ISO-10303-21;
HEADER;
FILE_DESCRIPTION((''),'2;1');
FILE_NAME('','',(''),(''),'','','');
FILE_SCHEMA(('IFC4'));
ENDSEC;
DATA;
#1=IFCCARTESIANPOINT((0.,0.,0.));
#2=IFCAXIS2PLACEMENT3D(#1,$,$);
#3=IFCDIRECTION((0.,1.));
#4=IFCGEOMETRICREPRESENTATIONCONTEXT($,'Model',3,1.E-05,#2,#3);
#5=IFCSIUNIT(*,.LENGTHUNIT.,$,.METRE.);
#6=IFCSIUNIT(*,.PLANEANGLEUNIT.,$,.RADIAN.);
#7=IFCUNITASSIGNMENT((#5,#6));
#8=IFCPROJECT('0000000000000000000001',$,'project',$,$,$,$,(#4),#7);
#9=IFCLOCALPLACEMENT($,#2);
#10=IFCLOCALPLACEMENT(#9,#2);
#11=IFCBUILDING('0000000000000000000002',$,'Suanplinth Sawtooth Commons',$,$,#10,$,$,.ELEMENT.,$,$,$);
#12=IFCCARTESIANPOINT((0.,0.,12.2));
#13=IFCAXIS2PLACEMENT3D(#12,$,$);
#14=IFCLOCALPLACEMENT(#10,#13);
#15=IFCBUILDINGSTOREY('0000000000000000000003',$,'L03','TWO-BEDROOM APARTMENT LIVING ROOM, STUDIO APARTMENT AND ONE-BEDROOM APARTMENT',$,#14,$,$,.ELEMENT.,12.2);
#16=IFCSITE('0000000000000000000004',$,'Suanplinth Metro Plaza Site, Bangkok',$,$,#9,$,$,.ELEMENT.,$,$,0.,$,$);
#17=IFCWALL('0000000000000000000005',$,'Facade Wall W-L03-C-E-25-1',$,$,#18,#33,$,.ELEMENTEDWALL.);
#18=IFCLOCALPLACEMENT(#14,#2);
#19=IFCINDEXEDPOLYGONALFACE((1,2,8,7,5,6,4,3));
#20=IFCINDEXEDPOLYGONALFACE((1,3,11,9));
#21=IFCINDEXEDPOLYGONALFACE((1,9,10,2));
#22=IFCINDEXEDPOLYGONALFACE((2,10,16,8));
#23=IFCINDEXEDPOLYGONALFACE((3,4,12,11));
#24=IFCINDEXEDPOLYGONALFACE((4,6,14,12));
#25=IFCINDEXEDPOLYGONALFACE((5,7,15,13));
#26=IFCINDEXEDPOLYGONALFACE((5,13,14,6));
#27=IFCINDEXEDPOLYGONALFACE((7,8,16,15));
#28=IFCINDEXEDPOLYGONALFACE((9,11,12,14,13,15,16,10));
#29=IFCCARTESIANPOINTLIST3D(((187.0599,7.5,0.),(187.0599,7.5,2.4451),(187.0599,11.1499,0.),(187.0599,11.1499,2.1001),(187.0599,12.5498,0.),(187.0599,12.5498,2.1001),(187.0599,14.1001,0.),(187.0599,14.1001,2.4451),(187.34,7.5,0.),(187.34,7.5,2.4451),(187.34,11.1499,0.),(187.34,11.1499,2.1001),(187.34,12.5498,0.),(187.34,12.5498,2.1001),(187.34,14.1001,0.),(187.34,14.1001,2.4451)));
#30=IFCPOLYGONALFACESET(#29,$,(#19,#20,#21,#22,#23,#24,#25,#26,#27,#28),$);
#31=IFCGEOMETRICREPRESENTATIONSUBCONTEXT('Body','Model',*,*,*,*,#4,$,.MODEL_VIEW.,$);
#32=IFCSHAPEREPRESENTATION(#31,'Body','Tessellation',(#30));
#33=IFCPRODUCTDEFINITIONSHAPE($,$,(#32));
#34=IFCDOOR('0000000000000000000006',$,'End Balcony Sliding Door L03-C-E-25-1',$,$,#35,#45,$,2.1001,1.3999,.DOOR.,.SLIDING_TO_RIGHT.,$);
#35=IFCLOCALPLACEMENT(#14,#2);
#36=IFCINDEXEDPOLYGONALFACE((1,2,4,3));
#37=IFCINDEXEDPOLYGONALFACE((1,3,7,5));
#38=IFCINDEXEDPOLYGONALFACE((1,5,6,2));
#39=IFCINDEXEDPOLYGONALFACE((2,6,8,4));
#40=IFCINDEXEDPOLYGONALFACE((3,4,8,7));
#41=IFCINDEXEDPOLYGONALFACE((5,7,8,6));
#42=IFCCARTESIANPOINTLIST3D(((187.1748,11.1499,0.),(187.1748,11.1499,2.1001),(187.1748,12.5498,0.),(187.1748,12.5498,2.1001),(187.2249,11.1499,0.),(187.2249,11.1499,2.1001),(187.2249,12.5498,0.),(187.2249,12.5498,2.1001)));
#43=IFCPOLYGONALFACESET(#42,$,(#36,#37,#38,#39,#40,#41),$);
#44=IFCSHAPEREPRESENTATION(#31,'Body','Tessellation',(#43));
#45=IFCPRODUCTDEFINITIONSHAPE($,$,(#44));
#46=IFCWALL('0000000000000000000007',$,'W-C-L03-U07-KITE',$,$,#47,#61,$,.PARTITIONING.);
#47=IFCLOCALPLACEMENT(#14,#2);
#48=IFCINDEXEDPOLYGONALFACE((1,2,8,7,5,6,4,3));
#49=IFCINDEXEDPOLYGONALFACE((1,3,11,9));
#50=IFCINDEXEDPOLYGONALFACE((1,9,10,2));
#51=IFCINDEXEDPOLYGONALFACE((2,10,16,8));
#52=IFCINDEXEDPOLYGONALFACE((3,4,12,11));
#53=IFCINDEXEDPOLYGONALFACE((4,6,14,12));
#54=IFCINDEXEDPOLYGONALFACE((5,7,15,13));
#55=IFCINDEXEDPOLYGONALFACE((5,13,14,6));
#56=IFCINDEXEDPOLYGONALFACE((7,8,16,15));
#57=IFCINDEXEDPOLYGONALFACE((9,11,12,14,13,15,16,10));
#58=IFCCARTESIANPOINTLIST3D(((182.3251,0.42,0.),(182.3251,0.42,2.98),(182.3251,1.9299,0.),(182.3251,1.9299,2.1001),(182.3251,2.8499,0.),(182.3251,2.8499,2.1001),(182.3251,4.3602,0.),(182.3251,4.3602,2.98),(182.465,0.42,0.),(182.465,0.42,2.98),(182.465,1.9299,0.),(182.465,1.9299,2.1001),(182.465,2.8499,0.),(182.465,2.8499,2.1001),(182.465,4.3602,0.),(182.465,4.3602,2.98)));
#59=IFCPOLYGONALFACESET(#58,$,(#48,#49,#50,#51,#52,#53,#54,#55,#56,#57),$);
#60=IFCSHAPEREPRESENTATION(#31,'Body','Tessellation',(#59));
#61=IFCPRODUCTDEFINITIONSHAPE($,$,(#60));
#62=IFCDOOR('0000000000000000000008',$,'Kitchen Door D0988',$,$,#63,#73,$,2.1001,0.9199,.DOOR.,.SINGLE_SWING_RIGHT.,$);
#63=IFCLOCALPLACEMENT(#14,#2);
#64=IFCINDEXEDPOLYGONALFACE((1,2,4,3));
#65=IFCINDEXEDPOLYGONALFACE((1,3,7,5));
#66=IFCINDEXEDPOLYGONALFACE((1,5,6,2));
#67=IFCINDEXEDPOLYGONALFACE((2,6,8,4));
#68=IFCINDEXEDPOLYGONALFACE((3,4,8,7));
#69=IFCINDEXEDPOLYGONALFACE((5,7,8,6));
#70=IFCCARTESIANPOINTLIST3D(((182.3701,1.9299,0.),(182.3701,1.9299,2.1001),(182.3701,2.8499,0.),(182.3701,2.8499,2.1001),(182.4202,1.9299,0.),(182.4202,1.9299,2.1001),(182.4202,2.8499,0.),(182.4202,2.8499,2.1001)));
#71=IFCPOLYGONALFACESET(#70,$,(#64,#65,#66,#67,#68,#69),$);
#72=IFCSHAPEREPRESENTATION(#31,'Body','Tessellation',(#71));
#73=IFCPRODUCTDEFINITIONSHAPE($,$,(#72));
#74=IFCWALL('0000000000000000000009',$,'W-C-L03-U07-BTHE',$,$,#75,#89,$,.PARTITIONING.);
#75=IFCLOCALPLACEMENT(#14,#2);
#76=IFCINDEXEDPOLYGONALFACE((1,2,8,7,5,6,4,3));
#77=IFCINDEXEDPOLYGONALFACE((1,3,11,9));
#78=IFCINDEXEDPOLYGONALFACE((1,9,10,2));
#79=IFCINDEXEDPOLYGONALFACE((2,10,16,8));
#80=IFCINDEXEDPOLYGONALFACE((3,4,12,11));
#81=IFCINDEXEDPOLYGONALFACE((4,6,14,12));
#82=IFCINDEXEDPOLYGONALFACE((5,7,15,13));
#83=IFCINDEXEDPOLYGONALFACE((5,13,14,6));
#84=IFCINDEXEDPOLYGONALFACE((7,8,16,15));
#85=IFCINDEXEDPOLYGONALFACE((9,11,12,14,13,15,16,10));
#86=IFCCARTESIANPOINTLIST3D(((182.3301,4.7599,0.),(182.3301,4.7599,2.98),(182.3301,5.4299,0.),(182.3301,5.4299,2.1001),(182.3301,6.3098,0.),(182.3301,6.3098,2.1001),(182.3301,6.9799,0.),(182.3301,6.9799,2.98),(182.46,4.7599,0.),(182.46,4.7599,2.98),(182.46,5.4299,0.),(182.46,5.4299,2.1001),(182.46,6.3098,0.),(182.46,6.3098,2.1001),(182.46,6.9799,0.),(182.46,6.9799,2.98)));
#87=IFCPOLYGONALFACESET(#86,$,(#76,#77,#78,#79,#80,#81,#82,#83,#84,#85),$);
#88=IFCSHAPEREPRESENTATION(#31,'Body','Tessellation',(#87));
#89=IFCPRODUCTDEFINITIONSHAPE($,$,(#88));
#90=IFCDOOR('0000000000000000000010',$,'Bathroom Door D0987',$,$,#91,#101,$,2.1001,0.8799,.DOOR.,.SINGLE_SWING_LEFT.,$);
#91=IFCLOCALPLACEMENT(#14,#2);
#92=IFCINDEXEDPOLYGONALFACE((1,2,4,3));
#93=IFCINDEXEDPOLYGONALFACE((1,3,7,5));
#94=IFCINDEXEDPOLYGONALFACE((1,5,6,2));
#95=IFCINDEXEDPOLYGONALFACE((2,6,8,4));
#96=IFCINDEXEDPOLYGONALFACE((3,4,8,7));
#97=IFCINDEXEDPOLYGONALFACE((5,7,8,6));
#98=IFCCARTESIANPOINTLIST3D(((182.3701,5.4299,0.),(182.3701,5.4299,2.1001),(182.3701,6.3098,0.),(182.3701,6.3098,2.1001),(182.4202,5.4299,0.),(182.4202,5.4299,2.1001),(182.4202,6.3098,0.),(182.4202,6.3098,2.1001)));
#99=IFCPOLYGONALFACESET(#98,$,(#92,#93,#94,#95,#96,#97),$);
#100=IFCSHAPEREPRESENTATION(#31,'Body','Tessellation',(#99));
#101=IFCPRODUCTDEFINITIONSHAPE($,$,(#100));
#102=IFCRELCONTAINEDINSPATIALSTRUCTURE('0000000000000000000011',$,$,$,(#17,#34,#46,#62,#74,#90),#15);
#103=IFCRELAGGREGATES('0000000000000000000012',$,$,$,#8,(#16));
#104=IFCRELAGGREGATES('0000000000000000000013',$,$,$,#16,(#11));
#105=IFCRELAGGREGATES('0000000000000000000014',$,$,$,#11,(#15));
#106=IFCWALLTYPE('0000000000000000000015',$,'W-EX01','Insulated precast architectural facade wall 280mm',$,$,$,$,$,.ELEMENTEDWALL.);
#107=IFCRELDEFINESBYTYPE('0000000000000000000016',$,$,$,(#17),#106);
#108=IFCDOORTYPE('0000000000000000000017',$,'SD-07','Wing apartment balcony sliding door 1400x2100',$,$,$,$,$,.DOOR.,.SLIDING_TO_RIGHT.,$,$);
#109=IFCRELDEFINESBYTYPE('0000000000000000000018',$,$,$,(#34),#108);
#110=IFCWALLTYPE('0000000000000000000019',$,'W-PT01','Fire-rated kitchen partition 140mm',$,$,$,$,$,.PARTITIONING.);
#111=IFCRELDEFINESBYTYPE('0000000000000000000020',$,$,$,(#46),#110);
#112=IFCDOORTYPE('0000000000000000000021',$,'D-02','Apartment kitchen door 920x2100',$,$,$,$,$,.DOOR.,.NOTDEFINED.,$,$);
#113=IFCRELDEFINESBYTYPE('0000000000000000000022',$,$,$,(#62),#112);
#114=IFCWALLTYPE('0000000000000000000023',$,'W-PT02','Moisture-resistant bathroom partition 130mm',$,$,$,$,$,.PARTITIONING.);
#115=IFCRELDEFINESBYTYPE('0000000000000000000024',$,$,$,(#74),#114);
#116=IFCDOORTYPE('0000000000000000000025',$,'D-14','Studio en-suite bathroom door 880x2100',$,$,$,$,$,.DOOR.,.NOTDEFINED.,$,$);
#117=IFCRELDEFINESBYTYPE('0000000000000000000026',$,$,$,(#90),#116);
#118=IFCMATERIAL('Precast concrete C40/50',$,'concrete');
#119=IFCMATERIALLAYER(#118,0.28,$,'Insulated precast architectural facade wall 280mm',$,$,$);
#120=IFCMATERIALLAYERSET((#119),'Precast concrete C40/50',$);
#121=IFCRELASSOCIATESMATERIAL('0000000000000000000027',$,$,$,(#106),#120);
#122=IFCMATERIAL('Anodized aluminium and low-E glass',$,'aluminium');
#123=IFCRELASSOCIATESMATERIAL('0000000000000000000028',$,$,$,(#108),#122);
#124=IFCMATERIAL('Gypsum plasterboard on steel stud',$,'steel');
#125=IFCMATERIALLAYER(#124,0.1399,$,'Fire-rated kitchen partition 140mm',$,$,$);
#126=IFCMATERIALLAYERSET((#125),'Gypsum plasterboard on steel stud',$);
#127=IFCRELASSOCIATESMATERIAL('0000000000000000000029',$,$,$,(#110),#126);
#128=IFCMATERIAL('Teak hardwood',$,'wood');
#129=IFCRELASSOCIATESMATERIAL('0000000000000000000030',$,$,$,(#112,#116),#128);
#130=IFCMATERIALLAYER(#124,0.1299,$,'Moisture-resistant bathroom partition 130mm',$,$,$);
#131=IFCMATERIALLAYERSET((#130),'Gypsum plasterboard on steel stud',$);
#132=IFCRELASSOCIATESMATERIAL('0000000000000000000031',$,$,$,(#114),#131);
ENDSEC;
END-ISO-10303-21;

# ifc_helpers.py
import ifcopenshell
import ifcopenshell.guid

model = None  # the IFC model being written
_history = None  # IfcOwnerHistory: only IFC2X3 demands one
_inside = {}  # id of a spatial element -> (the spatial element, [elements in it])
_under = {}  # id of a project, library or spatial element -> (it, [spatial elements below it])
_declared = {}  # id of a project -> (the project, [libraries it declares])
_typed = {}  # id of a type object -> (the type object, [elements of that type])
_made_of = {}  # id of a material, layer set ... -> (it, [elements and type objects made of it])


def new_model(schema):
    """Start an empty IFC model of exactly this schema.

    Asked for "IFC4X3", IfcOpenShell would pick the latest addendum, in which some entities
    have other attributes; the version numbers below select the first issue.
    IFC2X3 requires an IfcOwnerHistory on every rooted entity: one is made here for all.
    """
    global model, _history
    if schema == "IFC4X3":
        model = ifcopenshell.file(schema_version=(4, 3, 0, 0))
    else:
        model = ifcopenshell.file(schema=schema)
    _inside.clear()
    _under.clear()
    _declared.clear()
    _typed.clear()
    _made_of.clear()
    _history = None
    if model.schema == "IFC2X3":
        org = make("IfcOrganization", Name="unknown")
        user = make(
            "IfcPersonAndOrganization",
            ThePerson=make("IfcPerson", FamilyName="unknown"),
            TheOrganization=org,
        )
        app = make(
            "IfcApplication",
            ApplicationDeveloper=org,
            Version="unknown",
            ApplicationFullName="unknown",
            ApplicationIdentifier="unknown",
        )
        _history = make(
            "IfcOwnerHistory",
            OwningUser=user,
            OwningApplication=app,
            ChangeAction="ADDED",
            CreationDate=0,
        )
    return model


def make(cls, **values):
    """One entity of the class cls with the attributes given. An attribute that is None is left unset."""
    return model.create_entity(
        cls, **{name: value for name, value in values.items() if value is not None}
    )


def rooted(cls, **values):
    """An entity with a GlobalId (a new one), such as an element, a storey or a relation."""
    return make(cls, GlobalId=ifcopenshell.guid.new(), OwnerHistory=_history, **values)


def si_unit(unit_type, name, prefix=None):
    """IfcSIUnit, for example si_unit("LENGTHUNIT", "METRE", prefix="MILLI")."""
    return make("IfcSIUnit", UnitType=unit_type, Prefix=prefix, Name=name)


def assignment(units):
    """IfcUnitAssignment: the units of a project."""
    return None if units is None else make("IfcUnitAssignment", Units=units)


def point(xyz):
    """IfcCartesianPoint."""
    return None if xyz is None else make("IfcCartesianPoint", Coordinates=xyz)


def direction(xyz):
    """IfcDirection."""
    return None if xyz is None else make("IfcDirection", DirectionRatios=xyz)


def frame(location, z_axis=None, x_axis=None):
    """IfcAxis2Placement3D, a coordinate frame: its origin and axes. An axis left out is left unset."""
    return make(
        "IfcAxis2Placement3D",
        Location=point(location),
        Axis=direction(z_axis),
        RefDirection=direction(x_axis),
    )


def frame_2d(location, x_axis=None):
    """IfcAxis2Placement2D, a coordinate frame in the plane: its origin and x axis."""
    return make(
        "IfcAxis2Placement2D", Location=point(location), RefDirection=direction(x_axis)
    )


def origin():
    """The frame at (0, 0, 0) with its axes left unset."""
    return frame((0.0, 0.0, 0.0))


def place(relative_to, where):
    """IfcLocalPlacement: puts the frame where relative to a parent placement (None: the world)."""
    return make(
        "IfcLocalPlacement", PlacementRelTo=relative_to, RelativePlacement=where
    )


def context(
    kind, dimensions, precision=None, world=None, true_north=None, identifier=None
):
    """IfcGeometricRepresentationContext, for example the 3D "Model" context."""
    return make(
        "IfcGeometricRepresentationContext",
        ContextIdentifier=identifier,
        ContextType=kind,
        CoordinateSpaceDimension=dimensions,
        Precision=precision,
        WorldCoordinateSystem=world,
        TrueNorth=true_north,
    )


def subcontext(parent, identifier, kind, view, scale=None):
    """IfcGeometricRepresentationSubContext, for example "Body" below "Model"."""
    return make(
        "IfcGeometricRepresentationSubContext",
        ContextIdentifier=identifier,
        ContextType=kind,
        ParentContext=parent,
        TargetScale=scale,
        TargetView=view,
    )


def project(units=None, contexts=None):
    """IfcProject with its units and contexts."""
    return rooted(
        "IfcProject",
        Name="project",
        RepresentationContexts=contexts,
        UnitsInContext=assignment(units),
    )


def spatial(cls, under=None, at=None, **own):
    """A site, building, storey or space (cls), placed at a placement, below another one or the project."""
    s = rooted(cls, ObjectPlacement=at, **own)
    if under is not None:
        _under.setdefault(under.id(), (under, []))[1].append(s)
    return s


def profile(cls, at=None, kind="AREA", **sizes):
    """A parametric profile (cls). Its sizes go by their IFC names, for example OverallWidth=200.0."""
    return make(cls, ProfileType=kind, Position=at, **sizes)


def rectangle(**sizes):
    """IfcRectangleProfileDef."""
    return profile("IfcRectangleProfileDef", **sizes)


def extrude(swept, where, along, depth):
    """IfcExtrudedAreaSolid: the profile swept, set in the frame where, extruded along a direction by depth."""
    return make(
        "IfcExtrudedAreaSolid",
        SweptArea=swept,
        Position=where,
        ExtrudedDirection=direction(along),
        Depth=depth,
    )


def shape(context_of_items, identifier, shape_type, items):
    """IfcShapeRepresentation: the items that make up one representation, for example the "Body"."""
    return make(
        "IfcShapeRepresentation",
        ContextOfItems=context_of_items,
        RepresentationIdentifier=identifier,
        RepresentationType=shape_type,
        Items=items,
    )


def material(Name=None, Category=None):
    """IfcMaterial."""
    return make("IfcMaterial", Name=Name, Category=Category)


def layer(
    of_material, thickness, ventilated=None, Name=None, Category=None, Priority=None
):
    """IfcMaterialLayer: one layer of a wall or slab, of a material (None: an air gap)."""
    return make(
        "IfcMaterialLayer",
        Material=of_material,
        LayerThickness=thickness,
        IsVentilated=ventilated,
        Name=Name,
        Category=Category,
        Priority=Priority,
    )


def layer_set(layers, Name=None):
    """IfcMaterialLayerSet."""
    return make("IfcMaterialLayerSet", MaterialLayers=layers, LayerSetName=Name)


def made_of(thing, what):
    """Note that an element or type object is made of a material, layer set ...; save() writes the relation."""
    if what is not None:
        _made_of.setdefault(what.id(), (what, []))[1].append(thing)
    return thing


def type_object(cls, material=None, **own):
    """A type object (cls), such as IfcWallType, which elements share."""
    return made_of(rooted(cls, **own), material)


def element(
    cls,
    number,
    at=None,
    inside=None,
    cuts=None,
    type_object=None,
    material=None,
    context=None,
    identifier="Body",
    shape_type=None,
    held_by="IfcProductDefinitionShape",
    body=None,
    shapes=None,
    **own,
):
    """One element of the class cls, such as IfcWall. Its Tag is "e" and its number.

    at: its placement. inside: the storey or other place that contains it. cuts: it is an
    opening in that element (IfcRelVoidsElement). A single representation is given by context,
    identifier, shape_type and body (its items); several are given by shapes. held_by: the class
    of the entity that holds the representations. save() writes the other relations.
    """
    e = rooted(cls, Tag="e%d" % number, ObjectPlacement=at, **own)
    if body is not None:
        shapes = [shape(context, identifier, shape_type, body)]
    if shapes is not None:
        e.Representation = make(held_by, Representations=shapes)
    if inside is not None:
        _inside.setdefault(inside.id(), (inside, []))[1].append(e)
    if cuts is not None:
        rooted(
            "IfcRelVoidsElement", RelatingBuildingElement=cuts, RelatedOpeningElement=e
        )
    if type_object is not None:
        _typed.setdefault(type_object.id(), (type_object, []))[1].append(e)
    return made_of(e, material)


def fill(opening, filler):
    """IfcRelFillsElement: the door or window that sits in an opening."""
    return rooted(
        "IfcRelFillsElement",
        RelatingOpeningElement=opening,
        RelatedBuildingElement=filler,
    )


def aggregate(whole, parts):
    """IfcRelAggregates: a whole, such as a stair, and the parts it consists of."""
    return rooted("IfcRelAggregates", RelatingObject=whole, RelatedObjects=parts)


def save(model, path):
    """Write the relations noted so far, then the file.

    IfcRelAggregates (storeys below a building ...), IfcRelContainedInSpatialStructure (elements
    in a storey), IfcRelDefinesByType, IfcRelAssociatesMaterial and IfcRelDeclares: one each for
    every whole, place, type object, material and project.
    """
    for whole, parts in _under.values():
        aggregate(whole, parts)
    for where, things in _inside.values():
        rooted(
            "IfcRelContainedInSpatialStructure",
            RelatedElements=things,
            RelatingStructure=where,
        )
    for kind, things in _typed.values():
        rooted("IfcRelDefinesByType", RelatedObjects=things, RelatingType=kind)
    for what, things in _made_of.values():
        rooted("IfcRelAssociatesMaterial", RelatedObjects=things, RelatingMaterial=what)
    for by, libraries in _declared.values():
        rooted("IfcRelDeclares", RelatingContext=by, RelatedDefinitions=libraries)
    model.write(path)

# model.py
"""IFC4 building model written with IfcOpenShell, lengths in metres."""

from ifc_helpers import new_model, si_unit, direction, frame, frame_2d, origin, place, context, subcontext, project, spatial, rectangle, extrude, material, layer, layer_set, type_object, element, fill, save


model = new_model("IFC4")

# Units and contexts
model_context = context("Model", 3, precision=1e-05, world=origin(), true_north=direction((0.0, 1.0)))
body_context = subcontext(model_context, "Body", "Model", "MODEL_VIEW")
ifc_project = project(units=[si_unit("LENGTHUNIT", "METRE"), si_unit("PLANEANGLEUNIT", "RADIAN")], contexts=[model_context])

# Site, building, storey
site_placement = place(None, origin())
site = spatial("IfcSite", under=ifc_project, at=site_placement, Name="Suanplinth Metro Plaza Site, Bangkok", CompositionType="ELEMENT", RefElevation=0.0)
building_placement = place(site_placement, origin())
building = spatial("IfcBuilding", under=site, at=building_placement, Name="Suanplinth Sawtooth Commons", CompositionType="ELEMENT")
storey_placement = place(building_placement, frame((0.0, 0.0, 12.2)))
storey = spatial("IfcBuildingStorey", under=building, at=storey_placement, Name="L03", Description="TWO-BEDROOM APARTMENT LIVING ROOM, STUDIO APARTMENT AND ONE-BEDROOM APARTMENT", CompositionType="ELEMENT", Elevation=12.2)

# Shared definitions
ifc_material_1 = material(Name="Precast concrete C40/50", Category="concrete")

# Shared definitions
ifc_layer_1 = layer(ifc_material_1, 0.28, Name="Insulated precast architectural facade wall 280mm")
ifc_layer_set_1 = layer_set([ifc_layer_1], Name="Precast concrete C40/50")
wall_type_1 = type_object("IfcWallType", Name="W-EX01", Description="Insulated precast architectural facade wall 280mm", PredefinedType="ELEMENTEDWALL", material=ifc_layer_set_1)
ifc_material_2 = material(Name="Anodized aluminium and low-E glass", Category="aluminium")
door_type_1 = type_object("IfcDoorType", Name="SD-07", Description="Wing apartment balcony sliding door 1400x2100", OperationType="SLIDING_TO_RIGHT", PredefinedType="DOOR", material=ifc_material_2)

# Walls, openings, doors
wall_1_placement = place(storey_placement, frame((187.2, 7.5, 0.0), z_axis=(0.0, 0.0, 1.0), x_axis=(0.0, 1.0, 0.0)))
wall_1 = element("IfcWall", 1, at=wall_1_placement, inside=storey, type_object=wall_type_1, Name="Facade Wall W-L03-C-E-25-1", PredefinedType="ELEMENTEDWALL", context=body_context, shape_type="SweptSolid", body=[
    extrude(rectangle(XDim=6.6001, YDim=0.28, at=frame_2d((3.3, 0.0))), origin(), (0.0, 0.0, 1.0), 2.4451),
])
opening_1_placement = place(wall_1_placement, frame((3.6499, 0.0, 0.0)))
opening_1 = element("IfcOpeningElement", 2, at=opening_1_placement, cuts=wall_1, PredefinedType="OPENING", context=body_context, shape_type="SweptSolid", body=[
    extrude(rectangle(XDim=1.3999, YDim=2.1001, at=frame_2d((0.7, 1.05))), frame((0.0, 0.1548, 0.0), z_axis=(0.0, -1.0, 0.0), x_axis=(1.0, 0.0, 0.0)), (0.0, 0.0, 1.0), 0.3098),
])
door_1_placement = place(opening_1_placement, frame((1.3999, 0.0, 0.0), z_axis=(0.0, 0.0, 1.0), x_axis=(-1.0, 0.0, 0.0)))
door_1 = element("IfcDoor", 3, at=door_1_placement, inside=storey, type_object=door_type_1, Name="End Balcony Sliding Door L03-C-E-25-1", OperationType="SLIDING_TO_RIGHT", OverallHeight=2.1001, OverallWidth=1.3999, PredefinedType="DOOR", context=body_context, shape_type="SweptSolid", body=[
    extrude(rectangle(XDim=1.3999, YDim=2.1001, at=frame_2d((0.7, 1.05))), frame((0.0, 0.0249, 0.0), z_axis=(0.0, -1.0, 0.0), x_axis=(1.0, 0.0, 0.0)), (0.0, 0.0, 1.0), 0.05),
])
fill(opening_1, door_1)
ifc_material_3 = material(Name="Gypsum plasterboard on steel stud", Category="steel")
ifc_layer_2 = layer(ifc_material_3, 0.1399, Name="Fire-rated kitchen partition 140mm")
ifc_layer_set_2 = layer_set([ifc_layer_2], Name="Gypsum plasterboard on steel stud")
wall_type_2 = type_object("IfcWallType", Name="W-PT01", Description="Fire-rated kitchen partition 140mm", PredefinedType="PARTITIONING", material=ifc_layer_set_2)
wall_2_placement = place(storey_placement, frame((182.395, 0.4199, 0.0), z_axis=(0.0, 0.0, 1.0), x_axis=(0.0, 1.0, 0.0)))
wall_2 = element("IfcWall", 4, at=wall_2_placement, inside=storey, type_object=wall_type_2, Name="W-C-L03-U07-KITE", PredefinedType="PARTITIONING", context=body_context, shape_type="SweptSolid", body=[
    extrude(rectangle(XDim=3.9402, YDim=0.1399, at=frame_2d((1.9702, 0.0))), origin(), (0.0, 0.0, 1.0), 2.98),
])
opening_2_placement = place(wall_2_placement, frame((1.51, 0.0, 0.0)))
opening_2 = element("IfcOpeningElement", 5, at=opening_2_placement, cuts=wall_2, PredefinedType="OPENING", context=body_context, shape_type="SweptSolid", body=[
    extrude(rectangle(XDim=0.9199, YDim=2.1001, at=frame_2d((0.46, 1.05))), frame((0.0, 0.085, 0.0), z_axis=(0.0, -1.0, 0.0), x_axis=(1.0, 0.0, 0.0)), (0.0, 0.0, 1.0), 0.1697),
])
ifc_material_4 = material(Name="Teak hardwood", Category="wood")
door_type_2 = type_object("IfcDoorType", Name="D-02", Description="Apartment kitchen door 920x2100", OperationType="NOTDEFINED", PredefinedType="DOOR", material=ifc_material_4)
door_2_placement = place(opening_2_placement, origin())
door_2 = element("IfcDoor", 6, at=door_2_placement, inside=storey, type_object=door_type_2, Name="Kitchen Door D0988", OperationType="SINGLE_SWING_RIGHT", OverallHeight=2.1001, OverallWidth=0.9199, PredefinedType="DOOR", context=body_context, shape_type="SweptSolid", body=[
    extrude(rectangle(XDim=0.9199, YDim=2.1001, at=frame_2d((0.46, 1.05))), frame((0.0, 0.0249, 0.0), z_axis=(0.0, -1.0, 0.0), x_axis=(1.0, 0.0, 0.0)), (0.0, 0.0, 1.0), 0.05),
])
fill(opening_2, door_2)
ifc_layer_3 = layer(ifc_material_3, 0.1299, Name="Moisture-resistant bathroom partition 130mm")
ifc_layer_set_3 = layer_set([ifc_layer_3], Name="Gypsum plasterboard on steel stud")
wall_type_3 = type_object("IfcWallType", Name="W-PT02", Description="Moisture-resistant bathroom partition 130mm", PredefinedType="PARTITIONING", material=ifc_layer_set_3)
wall_3_placement = place(storey_placement, frame((182.395, 4.76, 0.0), z_axis=(0.0, 0.0, 1.0), x_axis=(0.0, 1.0, 0.0)))
wall_3 = element("IfcWall", 7, at=wall_3_placement, inside=storey, type_object=wall_type_3, Name="W-C-L03-U07-BTHE", PredefinedType="PARTITIONING", context=body_context, shape_type="SweptSolid", body=[
    extrude(rectangle(XDim=2.22, YDim=0.1299, at=frame_2d((1.1099, 0.0))), origin(), (0.0, 0.0, 1.0), 2.98),
])
opening_3_placement = place(wall_3_placement, frame((0.6699, 0.0, 0.0)))
opening_3 = element("IfcOpeningElement", 8, at=opening_3_placement, cuts=wall_3, PredefinedType="OPENING", context=body_context, shape_type="SweptSolid", body=[
    extrude(rectangle(XDim=0.8799, YDim=2.1001, at=frame_2d((0.4399, 1.05))), frame((0.0, 0.0798, 0.0), z_axis=(0.0, -1.0, 0.0), x_axis=(1.0, 0.0, 0.0)), (0.0, 0.0, 1.0), 0.1597),
])
door_type_3 = type_object("IfcDoorType", Name="D-14", Description="Studio en-suite bathroom door 880x2100", OperationType="NOTDEFINED", PredefinedType="DOOR", material=ifc_material_4)
door_3_placement = place(opening_3_placement, origin())
door_3 = element("IfcDoor", 9, at=door_3_placement, inside=storey, type_object=door_type_3, Name="Bathroom Door D0987", OperationType="SINGLE_SWING_LEFT", OverallHeight=2.1001, OverallWidth=0.8799, PredefinedType="DOOR", context=body_context, shape_type="SweptSolid", body=[
    extrude(rectangle(XDim=0.8799, YDim=2.1001, at=frame_2d((0.4399, 1.05))), frame((0.0, 0.0249, 0.0), z_axis=(0.0, -1.0, 0.0), x_axis=(1.0, 0.0, 0.0)), (0.0, 0.0, 1.0), 0.05),
])
fill(opening_3, door_3)

save(model, "model.ifc")
